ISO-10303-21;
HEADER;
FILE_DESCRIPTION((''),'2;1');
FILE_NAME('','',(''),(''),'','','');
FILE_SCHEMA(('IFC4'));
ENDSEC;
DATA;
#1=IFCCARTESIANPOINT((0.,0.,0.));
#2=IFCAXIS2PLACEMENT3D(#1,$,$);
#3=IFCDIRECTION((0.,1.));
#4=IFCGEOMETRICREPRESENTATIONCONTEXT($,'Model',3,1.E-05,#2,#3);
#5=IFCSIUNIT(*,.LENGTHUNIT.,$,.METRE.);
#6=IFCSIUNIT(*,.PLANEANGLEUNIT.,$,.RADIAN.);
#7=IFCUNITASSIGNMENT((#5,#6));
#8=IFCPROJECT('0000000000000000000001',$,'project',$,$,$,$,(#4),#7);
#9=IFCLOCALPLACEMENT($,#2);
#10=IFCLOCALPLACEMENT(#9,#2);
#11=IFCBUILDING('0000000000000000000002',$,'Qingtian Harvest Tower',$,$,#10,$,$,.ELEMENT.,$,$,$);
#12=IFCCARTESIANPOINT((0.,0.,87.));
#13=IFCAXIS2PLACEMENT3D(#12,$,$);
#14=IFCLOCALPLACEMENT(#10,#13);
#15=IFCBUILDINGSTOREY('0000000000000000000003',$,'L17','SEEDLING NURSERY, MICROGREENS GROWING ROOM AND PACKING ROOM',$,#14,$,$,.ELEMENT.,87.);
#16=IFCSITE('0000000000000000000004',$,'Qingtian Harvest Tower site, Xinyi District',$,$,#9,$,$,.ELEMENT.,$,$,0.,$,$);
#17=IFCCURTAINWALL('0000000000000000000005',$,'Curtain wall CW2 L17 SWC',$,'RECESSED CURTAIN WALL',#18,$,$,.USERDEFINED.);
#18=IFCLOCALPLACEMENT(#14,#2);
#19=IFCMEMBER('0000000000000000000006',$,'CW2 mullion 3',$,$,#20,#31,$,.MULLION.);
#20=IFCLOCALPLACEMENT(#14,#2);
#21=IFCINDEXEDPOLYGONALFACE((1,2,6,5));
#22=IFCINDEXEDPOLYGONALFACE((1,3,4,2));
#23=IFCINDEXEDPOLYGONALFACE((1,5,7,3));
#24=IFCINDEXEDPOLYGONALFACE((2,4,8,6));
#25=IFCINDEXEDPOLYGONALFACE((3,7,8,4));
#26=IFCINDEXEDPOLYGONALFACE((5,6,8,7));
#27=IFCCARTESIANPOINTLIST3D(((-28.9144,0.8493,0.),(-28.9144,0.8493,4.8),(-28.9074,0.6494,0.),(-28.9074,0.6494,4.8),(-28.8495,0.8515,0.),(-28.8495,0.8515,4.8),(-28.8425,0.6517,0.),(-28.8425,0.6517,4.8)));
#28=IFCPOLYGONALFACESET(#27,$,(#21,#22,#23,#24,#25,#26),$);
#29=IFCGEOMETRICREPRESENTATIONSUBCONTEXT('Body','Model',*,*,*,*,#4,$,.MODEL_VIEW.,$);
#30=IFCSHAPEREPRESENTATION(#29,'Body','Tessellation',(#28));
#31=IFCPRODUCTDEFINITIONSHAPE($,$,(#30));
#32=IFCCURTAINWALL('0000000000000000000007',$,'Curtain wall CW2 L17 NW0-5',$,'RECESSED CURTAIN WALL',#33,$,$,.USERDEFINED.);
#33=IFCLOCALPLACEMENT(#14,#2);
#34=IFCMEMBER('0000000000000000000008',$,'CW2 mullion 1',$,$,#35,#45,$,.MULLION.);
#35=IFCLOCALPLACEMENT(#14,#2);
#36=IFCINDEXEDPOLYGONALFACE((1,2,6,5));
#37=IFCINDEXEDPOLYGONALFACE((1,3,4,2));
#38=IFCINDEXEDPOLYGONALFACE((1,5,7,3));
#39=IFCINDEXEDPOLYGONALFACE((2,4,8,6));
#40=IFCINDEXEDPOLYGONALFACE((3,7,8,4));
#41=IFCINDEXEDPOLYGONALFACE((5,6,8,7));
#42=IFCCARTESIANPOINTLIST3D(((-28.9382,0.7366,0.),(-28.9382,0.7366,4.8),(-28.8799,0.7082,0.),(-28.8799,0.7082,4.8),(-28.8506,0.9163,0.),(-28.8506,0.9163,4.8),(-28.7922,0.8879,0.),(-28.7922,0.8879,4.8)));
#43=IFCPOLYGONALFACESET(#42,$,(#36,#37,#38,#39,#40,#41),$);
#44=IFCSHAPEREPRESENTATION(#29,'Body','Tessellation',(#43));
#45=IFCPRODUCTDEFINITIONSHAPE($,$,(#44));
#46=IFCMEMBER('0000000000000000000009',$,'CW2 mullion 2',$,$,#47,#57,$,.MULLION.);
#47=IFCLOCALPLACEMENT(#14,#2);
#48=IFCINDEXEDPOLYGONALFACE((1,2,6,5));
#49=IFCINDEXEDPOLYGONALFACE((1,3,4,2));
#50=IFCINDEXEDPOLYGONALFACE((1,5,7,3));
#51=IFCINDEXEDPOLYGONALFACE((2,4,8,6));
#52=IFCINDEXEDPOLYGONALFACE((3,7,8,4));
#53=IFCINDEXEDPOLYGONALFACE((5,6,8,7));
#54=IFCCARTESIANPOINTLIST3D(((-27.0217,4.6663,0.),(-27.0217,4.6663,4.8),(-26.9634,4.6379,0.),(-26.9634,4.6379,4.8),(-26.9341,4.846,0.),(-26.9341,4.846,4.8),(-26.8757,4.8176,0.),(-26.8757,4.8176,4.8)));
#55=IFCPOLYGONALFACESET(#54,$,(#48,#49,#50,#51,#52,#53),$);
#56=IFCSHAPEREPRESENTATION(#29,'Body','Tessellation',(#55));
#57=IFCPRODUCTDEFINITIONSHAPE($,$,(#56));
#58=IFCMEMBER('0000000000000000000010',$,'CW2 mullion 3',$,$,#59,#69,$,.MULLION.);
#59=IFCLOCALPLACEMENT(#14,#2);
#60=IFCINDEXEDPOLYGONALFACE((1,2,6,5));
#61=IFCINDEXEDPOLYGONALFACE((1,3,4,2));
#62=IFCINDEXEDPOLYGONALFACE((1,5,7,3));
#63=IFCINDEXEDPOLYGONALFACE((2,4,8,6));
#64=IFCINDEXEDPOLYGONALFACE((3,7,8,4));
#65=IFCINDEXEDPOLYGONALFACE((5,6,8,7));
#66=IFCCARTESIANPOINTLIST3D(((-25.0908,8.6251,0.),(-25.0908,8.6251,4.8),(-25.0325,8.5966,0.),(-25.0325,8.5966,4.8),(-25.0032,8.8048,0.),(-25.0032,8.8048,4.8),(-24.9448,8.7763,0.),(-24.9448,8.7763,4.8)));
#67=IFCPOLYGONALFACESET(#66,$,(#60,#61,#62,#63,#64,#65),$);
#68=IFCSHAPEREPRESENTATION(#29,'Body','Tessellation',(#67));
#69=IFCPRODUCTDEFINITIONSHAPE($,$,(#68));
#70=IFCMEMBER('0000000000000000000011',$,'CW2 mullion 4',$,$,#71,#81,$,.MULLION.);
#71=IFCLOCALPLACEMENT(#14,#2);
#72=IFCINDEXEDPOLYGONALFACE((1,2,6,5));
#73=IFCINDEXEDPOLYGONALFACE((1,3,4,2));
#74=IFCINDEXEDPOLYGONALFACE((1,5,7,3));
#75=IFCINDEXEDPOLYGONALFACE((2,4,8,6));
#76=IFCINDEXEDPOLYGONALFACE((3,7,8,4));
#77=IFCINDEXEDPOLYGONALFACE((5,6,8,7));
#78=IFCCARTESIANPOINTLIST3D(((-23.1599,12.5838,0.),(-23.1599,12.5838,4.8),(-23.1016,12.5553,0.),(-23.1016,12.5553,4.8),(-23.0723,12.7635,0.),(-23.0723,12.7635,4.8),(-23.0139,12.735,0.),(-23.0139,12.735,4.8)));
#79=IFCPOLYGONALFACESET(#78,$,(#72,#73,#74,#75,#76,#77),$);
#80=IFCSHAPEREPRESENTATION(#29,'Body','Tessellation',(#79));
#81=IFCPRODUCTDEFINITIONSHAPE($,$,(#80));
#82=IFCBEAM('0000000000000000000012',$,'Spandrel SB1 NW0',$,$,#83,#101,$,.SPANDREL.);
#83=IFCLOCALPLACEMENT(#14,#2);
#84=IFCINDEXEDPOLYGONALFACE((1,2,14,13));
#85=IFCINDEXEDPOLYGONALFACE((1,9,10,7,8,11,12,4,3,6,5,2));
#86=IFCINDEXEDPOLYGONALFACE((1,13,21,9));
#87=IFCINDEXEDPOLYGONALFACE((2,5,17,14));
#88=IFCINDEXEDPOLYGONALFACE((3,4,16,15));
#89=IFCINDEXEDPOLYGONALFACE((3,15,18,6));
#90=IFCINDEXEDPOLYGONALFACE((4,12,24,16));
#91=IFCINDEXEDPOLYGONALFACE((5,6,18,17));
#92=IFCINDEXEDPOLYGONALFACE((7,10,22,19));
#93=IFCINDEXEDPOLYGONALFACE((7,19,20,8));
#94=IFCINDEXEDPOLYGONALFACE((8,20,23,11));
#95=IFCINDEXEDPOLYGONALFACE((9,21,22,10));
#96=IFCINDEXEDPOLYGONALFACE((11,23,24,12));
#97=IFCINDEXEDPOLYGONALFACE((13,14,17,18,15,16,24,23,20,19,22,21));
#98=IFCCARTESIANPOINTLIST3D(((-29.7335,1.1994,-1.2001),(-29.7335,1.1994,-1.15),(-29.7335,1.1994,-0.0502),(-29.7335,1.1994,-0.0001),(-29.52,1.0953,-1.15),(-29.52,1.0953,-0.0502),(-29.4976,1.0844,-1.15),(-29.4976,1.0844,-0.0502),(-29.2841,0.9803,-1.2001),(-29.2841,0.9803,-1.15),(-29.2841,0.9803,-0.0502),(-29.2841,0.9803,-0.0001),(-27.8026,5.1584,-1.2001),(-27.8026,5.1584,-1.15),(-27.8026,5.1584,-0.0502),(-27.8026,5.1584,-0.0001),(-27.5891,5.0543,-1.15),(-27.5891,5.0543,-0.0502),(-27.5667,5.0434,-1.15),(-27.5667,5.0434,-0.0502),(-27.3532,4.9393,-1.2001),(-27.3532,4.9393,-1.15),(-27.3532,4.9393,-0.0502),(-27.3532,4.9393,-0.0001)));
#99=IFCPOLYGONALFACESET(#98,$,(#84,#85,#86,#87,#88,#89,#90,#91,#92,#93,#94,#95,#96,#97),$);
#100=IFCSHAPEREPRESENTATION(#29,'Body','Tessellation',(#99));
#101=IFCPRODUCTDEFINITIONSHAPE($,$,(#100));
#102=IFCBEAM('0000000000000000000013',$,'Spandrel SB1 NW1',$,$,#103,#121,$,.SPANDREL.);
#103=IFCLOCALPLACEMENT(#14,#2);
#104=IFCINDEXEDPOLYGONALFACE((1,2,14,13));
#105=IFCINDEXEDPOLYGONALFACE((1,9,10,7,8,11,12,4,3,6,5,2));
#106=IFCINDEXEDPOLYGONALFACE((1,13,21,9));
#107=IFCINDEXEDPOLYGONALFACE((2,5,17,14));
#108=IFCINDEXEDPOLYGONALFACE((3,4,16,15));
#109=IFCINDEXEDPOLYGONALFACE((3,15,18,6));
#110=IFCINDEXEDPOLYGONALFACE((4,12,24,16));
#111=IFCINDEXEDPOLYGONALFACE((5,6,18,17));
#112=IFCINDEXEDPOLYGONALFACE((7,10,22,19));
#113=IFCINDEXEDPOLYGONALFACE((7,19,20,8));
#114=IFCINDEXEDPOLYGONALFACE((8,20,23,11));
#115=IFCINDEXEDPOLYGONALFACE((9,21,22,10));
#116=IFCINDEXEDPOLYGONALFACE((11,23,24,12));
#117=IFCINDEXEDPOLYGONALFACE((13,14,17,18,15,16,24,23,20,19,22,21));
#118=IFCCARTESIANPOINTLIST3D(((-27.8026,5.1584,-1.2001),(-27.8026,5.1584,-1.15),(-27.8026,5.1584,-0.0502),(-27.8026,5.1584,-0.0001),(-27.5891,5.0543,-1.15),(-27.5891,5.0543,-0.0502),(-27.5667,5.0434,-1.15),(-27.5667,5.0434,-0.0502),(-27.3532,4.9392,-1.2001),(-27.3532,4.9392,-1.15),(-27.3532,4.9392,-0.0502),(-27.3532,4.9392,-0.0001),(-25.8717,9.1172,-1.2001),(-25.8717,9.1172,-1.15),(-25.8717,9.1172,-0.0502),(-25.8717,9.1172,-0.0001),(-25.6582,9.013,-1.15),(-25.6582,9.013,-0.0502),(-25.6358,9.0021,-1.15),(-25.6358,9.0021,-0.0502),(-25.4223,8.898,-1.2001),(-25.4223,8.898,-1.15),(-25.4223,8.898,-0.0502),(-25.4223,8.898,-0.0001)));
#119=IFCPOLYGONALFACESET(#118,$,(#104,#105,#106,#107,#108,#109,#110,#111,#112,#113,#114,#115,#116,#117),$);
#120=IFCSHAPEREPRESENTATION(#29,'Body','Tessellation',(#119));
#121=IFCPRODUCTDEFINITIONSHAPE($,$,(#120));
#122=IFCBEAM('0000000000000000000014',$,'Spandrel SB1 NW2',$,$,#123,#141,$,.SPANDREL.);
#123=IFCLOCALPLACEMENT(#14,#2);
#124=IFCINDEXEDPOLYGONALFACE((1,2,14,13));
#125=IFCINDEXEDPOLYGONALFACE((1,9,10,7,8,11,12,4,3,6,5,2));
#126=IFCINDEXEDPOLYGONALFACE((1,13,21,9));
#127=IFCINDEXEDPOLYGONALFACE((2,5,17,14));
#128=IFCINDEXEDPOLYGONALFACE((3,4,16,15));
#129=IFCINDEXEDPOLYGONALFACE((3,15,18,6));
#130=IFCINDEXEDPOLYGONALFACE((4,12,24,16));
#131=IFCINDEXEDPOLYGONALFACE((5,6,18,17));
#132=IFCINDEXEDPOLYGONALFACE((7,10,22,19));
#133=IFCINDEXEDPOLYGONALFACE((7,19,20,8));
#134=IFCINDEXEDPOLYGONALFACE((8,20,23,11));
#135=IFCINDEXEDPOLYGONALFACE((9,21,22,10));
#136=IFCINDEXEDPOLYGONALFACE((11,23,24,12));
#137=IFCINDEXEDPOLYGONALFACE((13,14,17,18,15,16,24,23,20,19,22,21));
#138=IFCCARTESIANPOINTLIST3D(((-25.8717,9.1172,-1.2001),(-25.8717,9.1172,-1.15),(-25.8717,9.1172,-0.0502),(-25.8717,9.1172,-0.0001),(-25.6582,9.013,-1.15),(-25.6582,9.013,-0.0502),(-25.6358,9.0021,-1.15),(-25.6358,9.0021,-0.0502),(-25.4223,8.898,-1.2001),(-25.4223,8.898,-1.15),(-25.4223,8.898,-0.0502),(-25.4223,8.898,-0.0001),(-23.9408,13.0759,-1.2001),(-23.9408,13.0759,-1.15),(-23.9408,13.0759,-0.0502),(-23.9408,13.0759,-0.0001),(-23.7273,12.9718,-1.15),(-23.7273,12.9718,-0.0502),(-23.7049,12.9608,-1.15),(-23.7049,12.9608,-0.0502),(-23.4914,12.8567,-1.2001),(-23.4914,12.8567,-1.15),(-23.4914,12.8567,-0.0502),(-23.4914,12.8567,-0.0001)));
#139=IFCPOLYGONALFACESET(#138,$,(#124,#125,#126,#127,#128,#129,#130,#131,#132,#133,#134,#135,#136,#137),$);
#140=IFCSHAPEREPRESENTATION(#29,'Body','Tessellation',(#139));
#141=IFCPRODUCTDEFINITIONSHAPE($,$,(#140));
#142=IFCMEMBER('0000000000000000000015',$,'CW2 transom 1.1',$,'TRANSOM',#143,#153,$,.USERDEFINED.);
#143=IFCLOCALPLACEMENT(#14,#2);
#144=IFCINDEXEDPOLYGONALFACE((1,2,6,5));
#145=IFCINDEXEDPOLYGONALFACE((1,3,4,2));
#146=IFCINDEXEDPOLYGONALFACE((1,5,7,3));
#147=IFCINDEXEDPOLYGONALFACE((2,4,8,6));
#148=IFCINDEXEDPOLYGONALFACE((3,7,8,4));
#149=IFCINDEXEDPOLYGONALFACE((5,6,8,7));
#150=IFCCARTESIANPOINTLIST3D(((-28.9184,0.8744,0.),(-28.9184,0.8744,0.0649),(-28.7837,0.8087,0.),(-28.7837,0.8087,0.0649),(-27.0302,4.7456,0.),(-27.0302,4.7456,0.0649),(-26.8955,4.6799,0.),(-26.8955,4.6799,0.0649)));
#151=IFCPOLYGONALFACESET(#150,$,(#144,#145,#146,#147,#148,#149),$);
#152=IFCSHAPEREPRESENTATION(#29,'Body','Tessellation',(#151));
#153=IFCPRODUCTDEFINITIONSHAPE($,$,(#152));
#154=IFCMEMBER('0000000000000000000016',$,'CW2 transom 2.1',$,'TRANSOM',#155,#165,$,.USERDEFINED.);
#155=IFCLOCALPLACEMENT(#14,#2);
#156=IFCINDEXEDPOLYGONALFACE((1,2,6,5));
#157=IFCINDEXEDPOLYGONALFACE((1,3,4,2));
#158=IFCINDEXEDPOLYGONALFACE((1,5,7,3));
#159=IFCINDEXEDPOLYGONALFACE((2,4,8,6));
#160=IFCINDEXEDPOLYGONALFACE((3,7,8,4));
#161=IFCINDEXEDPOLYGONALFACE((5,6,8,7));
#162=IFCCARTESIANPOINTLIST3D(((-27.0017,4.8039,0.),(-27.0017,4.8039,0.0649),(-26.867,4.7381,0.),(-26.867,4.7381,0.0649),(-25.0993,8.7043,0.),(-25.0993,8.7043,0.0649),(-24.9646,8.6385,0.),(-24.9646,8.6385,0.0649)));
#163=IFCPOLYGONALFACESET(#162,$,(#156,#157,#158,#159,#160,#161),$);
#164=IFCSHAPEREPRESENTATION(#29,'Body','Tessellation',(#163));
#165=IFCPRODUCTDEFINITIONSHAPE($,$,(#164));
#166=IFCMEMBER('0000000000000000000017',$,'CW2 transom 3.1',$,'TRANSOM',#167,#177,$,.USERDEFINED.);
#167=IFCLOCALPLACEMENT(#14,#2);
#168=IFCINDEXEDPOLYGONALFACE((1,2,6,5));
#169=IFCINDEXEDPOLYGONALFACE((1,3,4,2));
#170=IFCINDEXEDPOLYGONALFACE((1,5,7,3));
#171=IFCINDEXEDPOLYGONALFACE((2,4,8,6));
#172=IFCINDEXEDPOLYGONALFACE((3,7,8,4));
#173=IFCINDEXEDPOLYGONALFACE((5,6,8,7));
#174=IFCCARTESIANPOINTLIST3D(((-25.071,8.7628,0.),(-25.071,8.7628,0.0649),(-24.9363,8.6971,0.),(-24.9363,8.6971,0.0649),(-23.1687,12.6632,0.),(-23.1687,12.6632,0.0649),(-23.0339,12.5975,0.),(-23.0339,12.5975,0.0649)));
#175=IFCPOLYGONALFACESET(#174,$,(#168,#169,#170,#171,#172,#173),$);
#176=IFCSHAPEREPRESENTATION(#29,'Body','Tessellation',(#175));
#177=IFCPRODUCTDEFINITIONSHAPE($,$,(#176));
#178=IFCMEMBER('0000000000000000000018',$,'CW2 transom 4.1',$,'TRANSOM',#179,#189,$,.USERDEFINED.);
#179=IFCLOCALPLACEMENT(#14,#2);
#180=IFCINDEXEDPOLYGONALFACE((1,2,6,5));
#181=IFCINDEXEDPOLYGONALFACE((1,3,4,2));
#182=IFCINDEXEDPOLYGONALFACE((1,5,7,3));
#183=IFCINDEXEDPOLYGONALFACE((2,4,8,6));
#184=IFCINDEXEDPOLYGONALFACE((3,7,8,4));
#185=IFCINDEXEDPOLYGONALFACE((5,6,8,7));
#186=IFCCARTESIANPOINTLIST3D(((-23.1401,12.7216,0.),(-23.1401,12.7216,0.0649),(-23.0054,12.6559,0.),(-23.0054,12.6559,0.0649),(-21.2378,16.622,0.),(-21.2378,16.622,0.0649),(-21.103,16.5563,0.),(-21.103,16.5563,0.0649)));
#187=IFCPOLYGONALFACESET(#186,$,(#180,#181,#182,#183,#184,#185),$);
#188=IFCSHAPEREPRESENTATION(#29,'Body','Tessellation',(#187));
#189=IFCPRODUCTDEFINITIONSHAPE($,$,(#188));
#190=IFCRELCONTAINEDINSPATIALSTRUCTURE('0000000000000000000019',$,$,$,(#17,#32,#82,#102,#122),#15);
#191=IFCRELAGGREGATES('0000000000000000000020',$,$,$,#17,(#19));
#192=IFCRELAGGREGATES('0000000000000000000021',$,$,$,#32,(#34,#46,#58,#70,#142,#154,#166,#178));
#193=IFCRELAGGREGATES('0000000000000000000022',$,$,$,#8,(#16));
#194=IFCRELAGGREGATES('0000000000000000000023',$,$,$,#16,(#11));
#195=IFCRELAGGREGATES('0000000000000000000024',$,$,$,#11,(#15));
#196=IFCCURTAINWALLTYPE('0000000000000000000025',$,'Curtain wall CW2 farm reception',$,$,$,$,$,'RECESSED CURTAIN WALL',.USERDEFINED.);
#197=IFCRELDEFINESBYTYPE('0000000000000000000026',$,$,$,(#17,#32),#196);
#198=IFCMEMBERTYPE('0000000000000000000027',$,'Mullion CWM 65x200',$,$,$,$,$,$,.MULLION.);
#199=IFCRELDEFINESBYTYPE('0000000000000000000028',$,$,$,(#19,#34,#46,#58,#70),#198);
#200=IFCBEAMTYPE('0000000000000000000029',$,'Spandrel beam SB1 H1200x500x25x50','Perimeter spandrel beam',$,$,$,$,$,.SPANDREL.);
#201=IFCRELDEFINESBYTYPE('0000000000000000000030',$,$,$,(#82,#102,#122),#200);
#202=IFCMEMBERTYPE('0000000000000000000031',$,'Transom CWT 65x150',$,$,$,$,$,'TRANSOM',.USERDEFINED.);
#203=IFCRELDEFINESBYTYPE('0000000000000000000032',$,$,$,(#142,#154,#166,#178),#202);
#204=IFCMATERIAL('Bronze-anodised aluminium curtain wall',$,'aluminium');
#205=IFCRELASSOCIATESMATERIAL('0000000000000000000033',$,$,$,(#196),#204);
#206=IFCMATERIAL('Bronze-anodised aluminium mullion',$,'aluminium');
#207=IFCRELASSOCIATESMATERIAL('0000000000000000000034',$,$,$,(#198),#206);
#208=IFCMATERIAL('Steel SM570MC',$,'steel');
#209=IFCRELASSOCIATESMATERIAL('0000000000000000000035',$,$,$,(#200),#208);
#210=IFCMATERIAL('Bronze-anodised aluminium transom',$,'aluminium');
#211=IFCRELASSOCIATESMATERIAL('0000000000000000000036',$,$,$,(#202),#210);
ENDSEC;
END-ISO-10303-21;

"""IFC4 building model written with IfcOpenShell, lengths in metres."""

from ifc_helpers import new_model, si_unit, direction, frame, origin, origin_2d, place, context, subcontext, project, spatial, rectangle, i_section, extrude, material, material_profile, profile_set, type_object, element, aggregate, save


model = new_model("IFC4")

# Units and contexts
model_context = context("Model", 3, precision=1e-05, world=origin(), true_north=direction((0.0, 1.0)))
body_context = subcontext(model_context, "Body", "Model", "MODEL_VIEW")
ifc_project = project(units=[si_unit("LENGTHUNIT", "METRE"), si_unit("PLANEANGLEUNIT", "RADIAN")], contexts=[model_context])

# Site, building, storey
site_placement = place(None, origin())
site = spatial("IfcSite", under=ifc_project, at=site_placement, Name="Qingtian Harvest Tower site, Xinyi District", CompositionType="ELEMENT", RefElevation=0.0)
building_placement = place(site_placement, origin())
building = spatial("IfcBuilding", under=site, at=building_placement, Name="Qingtian Harvest Tower", CompositionType="ELEMENT")
storey_placement = place(building_placement, frame((0.0, 0.0, 87.0)))
storey = spatial("IfcBuildingStorey", under=building, at=storey_placement, Name="L17", Description="SEEDLING NURSERY, MICROGREENS GROWING ROOM AND PACKING ROOM", CompositionType="ELEMENT", Elevation=87.0)

# Curtain wall, member
ifc_material_1 = material(Name="Bronze-anodised aluminium curtain wall", Category="aluminium")
curtain_wall_type = type_object("IfcCurtainWallType", Name="Curtain wall CW2 farm reception", ElementType="RECESSED CURTAIN WALL", PredefinedType="USERDEFINED", material=ifc_material_1)
curtain_wall_1_placement = place(storey_placement, origin())
curtain_wall_1 = element("IfcCurtainWall", 1, at=curtain_wall_1_placement, inside=storey, type_object=curtain_wall_type, Name="Curtain wall CW2 L17 SWC", ObjectType="RECESSED CURTAIN WALL", PredefinedType="USERDEFINED")
ifc_material_2 = material(Name="Bronze-anodised aluminium mullion", Category="aluminium")
ifc_material_profile_1 = material_profile(ifc_material_2, rectangle(XDim=0.0649, YDim=0.2, at=origin_2d()), Name="AL 65x200")
ifc_profile_set_1 = profile_set([ifc_material_profile_1], Name="Bronze-anodised aluminium mullion")
member_type_1 = type_object("IfcMemberType", Name="Mullion CWM 65x200", PredefinedType="MULLION", material=ifc_profile_set_1)
member_1_placement = place(storey_placement, frame((-28.8784, 0.7505, 0.0), z_axis=(0.0, 0.0, 1.0), x_axis=(-0.999391, -0.034899, 0.0)))
member_1 = element("IfcMember", 2, at=member_1_placement, type_object=member_type_1, Name="CW2 mullion 3", PredefinedType="MULLION", context=body_context, shape_type="SweptSolid", body=[
    extrude(rectangle(XDim=0.0649, YDim=0.2, at=origin_2d()), origin(), (0.0, 0.0, 1.0), 4.8),
])
aggregate(curtain_wall_1, [member_1])

# Curtain wall, members
curtain_wall_2_placement = place(storey_placement, origin())
curtain_wall_2 = element("IfcCurtainWall", 3, at=curtain_wall_2_placement, inside=storey, type_object=curtain_wall_type, Name="Curtain wall CW2 L17 NW0-5", ObjectType="RECESSED CURTAIN WALL", PredefinedType="USERDEFINED")
member_2_placement = place(storey_placement, frame((-28.8652, 0.8123, 0.0), z_axis=(0.0, 0.0, 1.0), x_axis=(-0.898794, 0.438371, 0.0)))
member_2 = element("IfcMember", 4, at=member_2_placement, type_object=member_type_1, Name="CW2 mullion 1", PredefinedType="MULLION", context=body_context, shape_type="SweptSolid", body=[
    extrude(rectangle(XDim=0.0649, YDim=0.2, at=origin_2d()), origin(), (0.0, 0.0, 1.0), 4.8),
])
member_3_placement = place(storey_placement, frame((-26.9487, 4.7419, 0.0), z_axis=(0.0, 0.0, 1.0), x_axis=(-0.898794, 0.438371, 0.0)))
member_3 = element("IfcMember", 5, at=member_3_placement, type_object=member_type_1, Name="CW2 mullion 2", PredefinedType="MULLION", context=body_context, shape_type="SweptSolid", body=[
    extrude(rectangle(XDim=0.0649, YDim=0.2, at=origin_2d()), origin(), (0.0, 0.0, 1.0), 4.8),
])
member_4_placement = place(storey_placement, frame((-25.0178, 8.7007, 0.0), z_axis=(0.0, 0.0, 1.0), x_axis=(-0.898794, 0.438371, 0.0)))
member_4 = element("IfcMember", 6, at=member_4_placement, type_object=member_type_1, Name="CW2 mullion 3", PredefinedType="MULLION", context=body_context, shape_type="SweptSolid", body=[
    extrude(rectangle(XDim=0.0649, YDim=0.2, at=origin_2d()), origin(), (0.0, 0.0, 1.0), 4.8),
])
member_5_placement = place(storey_placement, frame((-23.0869, 12.6594, 0.0), z_axis=(0.0, 0.0, 1.0), x_axis=(-0.898794, 0.438371, 0.0)))
member_5 = element("IfcMember", 7, at=member_5_placement, type_object=member_type_1, Name="CW2 mullion 4", PredefinedType="MULLION", context=body_context, shape_type="SweptSolid", body=[
    extrude(rectangle(XDim=0.0649, YDim=0.2, at=origin_2d()), origin(), (0.0, 0.0, 1.0), 4.8),
])

# Beams
ifc_material_3 = material(Name="Steel SM570MC", Category="steel")
ifc_material_profile_2 = material_profile(ifc_material_3, i_section(OverallWidth=0.5, OverallDepth=1.2, WebThickness=0.0249, FlangeThickness=0.05, at=origin_2d()), Name="H1200x500x25x50")
ifc_profile_set_2 = profile_set([ifc_material_profile_2], Name="Steel SM570MC")
beam_type_1 = type_object("IfcBeamType", Name="Spandrel beam SB1 H1200x500x25x50", Description="Perimeter spandrel beam", PredefinedType="SPANDREL", material=ifc_profile_set_2)
beam_1_placement = place(storey_placement, frame((-29.5088, 1.0898, -0.6001), z_axis=(0.438368, 0.898796, 0.0), x_axis=(-0.898796, 0.438368, 0.0)))
element("IfcBeam", 8, at=beam_1_placement, inside=storey, type_object=beam_type_1, Name="Spandrel SB1 NW0", PredefinedType="SPANDREL", context=body_context, shape_type="SweptSolid", body=[
    extrude(i_section(OverallWidth=0.5, OverallDepth=1.2, WebThickness=0.0249, FlangeThickness=0.05, at=origin_2d()), origin(), (0.0, 0.0, 1.0), 4.4048),
])
for number, where, z_axis, x_axis, name in (
    (9, (-27.5779, 5.0488, -0.6001), (0.43839, 0.898785, 0.0), (-0.898785, 0.43839, 0.0), "Spandrel SB1 NW1"),
    (10, (-25.647, 9.0076, -0.6001), (0.43839, 0.898785, 0.0), (-0.898785, 0.43839, 0.0), "Spandrel SB1 NW2"),
):
    element("IfcBeam", number, at=place(storey_placement, frame(where, z_axis=z_axis, x_axis=x_axis)), inside=storey, type_object=beam_type_1, Name=name, PredefinedType="SPANDREL", context=body_context, shape_type="SweptSolid", body=[
        extrude(i_section(OverallWidth=0.5, OverallDepth=1.2, WebThickness=0.0249, FlangeThickness=0.05, at=origin_2d()), origin(), (0.0, 0.0, 1.0), 4.4045),
    ])

# Members
ifc_material_4 = material(Name="Bronze-anodised aluminium transom", Category="aluminium")
ifc_material_profile_3 = material_profile(ifc_material_4, rectangle(XDim=0.1499, YDim=0.0649, at=origin_2d()), Name="AL 65x150")
ifc_profile_set_3 = profile_set([ifc_material_profile_3], Name="Bronze-anodised aluminium transom")
member_type_2 = type_object("IfcMemberType", Name="Transom CWT 65x150", ElementType="TRANSOM", PredefinedType="USERDEFINED", material=ifc_profile_set_3)
member_6_placement = place(storey_placement, frame((-28.8511, 0.8416, 0.0325), z_axis=(0.438395, 0.898783, 0.0), x_axis=(-0.898783, 0.438395, 0.0)))
member_6 = element("IfcMember", 11, at=member_6_placement, type_object=member_type_2, Name="CW2 transom 1.1", ObjectType="TRANSOM", PredefinedType="USERDEFINED", context=body_context, shape_type="SweptSolid", body=[
    extrude(rectangle(XDim=0.1499, YDim=0.0649, at=origin_2d()), origin(), (0.0, 0.0, 1.0), 4.3071),
])
member_7_placement = place(storey_placement, frame((-26.9343, 4.771, 0.0325), z_axis=(0.43837, 0.898794, 0.0), x_axis=(-0.898794, 0.43837, 0.0)))
member_7 = element("IfcMember", 12, at=member_7_placement, type_object=member_type_2, Name="CW2 transom 2.1", ObjectType="TRANSOM", PredefinedType="USERDEFINED", context=body_context, shape_type="SweptSolid", body=[
    extrude(rectangle(XDim=0.1499, YDim=0.0649, at=origin_2d()), origin(), (0.0, 0.0, 1.0), 4.3396),
])
member_8_placement = place(storey_placement, frame((-25.0037, 8.73, 0.0325), z_axis=(0.43837, 0.898794, 0.0), x_axis=(-0.898794, 0.43837, 0.0)))
member_8 = element("IfcMember", 13, at=member_8_placement, type_object=member_type_2, Name="CW2 transom 3.1", ObjectType="TRANSOM", PredefinedType="USERDEFINED", context=body_context, shape_type="SweptSolid", body=[
    extrude(rectangle(XDim=0.1499, YDim=0.0649, at=origin_2d()), origin(), (0.0, 0.0, 1.0), 4.3396),
])
member_9_placement = place(storey_placement, frame((-23.0728, 12.6887, 0.0325), z_axis=(0.43837, 0.898794, 0.0), x_axis=(-0.898794, 0.43837, 0.0)))
member_9 = element("IfcMember", 14, at=member_9_placement, type_object=member_type_2, Name="CW2 transom 4.1", ObjectType="TRANSOM", PredefinedType="USERDEFINED", context=body_context, shape_type="SweptSolid", body=[
    extrude(rectangle(XDim=0.1499, YDim=0.0649, at=origin_2d()), origin(), (0.0, 0.0, 1.0), 4.3396),
])

aggregate(curtain_wall_2, [member_2, member_3, member_4, member_5, member_6, member_7, member_8, member_9])

save(model, "model.ifc")
